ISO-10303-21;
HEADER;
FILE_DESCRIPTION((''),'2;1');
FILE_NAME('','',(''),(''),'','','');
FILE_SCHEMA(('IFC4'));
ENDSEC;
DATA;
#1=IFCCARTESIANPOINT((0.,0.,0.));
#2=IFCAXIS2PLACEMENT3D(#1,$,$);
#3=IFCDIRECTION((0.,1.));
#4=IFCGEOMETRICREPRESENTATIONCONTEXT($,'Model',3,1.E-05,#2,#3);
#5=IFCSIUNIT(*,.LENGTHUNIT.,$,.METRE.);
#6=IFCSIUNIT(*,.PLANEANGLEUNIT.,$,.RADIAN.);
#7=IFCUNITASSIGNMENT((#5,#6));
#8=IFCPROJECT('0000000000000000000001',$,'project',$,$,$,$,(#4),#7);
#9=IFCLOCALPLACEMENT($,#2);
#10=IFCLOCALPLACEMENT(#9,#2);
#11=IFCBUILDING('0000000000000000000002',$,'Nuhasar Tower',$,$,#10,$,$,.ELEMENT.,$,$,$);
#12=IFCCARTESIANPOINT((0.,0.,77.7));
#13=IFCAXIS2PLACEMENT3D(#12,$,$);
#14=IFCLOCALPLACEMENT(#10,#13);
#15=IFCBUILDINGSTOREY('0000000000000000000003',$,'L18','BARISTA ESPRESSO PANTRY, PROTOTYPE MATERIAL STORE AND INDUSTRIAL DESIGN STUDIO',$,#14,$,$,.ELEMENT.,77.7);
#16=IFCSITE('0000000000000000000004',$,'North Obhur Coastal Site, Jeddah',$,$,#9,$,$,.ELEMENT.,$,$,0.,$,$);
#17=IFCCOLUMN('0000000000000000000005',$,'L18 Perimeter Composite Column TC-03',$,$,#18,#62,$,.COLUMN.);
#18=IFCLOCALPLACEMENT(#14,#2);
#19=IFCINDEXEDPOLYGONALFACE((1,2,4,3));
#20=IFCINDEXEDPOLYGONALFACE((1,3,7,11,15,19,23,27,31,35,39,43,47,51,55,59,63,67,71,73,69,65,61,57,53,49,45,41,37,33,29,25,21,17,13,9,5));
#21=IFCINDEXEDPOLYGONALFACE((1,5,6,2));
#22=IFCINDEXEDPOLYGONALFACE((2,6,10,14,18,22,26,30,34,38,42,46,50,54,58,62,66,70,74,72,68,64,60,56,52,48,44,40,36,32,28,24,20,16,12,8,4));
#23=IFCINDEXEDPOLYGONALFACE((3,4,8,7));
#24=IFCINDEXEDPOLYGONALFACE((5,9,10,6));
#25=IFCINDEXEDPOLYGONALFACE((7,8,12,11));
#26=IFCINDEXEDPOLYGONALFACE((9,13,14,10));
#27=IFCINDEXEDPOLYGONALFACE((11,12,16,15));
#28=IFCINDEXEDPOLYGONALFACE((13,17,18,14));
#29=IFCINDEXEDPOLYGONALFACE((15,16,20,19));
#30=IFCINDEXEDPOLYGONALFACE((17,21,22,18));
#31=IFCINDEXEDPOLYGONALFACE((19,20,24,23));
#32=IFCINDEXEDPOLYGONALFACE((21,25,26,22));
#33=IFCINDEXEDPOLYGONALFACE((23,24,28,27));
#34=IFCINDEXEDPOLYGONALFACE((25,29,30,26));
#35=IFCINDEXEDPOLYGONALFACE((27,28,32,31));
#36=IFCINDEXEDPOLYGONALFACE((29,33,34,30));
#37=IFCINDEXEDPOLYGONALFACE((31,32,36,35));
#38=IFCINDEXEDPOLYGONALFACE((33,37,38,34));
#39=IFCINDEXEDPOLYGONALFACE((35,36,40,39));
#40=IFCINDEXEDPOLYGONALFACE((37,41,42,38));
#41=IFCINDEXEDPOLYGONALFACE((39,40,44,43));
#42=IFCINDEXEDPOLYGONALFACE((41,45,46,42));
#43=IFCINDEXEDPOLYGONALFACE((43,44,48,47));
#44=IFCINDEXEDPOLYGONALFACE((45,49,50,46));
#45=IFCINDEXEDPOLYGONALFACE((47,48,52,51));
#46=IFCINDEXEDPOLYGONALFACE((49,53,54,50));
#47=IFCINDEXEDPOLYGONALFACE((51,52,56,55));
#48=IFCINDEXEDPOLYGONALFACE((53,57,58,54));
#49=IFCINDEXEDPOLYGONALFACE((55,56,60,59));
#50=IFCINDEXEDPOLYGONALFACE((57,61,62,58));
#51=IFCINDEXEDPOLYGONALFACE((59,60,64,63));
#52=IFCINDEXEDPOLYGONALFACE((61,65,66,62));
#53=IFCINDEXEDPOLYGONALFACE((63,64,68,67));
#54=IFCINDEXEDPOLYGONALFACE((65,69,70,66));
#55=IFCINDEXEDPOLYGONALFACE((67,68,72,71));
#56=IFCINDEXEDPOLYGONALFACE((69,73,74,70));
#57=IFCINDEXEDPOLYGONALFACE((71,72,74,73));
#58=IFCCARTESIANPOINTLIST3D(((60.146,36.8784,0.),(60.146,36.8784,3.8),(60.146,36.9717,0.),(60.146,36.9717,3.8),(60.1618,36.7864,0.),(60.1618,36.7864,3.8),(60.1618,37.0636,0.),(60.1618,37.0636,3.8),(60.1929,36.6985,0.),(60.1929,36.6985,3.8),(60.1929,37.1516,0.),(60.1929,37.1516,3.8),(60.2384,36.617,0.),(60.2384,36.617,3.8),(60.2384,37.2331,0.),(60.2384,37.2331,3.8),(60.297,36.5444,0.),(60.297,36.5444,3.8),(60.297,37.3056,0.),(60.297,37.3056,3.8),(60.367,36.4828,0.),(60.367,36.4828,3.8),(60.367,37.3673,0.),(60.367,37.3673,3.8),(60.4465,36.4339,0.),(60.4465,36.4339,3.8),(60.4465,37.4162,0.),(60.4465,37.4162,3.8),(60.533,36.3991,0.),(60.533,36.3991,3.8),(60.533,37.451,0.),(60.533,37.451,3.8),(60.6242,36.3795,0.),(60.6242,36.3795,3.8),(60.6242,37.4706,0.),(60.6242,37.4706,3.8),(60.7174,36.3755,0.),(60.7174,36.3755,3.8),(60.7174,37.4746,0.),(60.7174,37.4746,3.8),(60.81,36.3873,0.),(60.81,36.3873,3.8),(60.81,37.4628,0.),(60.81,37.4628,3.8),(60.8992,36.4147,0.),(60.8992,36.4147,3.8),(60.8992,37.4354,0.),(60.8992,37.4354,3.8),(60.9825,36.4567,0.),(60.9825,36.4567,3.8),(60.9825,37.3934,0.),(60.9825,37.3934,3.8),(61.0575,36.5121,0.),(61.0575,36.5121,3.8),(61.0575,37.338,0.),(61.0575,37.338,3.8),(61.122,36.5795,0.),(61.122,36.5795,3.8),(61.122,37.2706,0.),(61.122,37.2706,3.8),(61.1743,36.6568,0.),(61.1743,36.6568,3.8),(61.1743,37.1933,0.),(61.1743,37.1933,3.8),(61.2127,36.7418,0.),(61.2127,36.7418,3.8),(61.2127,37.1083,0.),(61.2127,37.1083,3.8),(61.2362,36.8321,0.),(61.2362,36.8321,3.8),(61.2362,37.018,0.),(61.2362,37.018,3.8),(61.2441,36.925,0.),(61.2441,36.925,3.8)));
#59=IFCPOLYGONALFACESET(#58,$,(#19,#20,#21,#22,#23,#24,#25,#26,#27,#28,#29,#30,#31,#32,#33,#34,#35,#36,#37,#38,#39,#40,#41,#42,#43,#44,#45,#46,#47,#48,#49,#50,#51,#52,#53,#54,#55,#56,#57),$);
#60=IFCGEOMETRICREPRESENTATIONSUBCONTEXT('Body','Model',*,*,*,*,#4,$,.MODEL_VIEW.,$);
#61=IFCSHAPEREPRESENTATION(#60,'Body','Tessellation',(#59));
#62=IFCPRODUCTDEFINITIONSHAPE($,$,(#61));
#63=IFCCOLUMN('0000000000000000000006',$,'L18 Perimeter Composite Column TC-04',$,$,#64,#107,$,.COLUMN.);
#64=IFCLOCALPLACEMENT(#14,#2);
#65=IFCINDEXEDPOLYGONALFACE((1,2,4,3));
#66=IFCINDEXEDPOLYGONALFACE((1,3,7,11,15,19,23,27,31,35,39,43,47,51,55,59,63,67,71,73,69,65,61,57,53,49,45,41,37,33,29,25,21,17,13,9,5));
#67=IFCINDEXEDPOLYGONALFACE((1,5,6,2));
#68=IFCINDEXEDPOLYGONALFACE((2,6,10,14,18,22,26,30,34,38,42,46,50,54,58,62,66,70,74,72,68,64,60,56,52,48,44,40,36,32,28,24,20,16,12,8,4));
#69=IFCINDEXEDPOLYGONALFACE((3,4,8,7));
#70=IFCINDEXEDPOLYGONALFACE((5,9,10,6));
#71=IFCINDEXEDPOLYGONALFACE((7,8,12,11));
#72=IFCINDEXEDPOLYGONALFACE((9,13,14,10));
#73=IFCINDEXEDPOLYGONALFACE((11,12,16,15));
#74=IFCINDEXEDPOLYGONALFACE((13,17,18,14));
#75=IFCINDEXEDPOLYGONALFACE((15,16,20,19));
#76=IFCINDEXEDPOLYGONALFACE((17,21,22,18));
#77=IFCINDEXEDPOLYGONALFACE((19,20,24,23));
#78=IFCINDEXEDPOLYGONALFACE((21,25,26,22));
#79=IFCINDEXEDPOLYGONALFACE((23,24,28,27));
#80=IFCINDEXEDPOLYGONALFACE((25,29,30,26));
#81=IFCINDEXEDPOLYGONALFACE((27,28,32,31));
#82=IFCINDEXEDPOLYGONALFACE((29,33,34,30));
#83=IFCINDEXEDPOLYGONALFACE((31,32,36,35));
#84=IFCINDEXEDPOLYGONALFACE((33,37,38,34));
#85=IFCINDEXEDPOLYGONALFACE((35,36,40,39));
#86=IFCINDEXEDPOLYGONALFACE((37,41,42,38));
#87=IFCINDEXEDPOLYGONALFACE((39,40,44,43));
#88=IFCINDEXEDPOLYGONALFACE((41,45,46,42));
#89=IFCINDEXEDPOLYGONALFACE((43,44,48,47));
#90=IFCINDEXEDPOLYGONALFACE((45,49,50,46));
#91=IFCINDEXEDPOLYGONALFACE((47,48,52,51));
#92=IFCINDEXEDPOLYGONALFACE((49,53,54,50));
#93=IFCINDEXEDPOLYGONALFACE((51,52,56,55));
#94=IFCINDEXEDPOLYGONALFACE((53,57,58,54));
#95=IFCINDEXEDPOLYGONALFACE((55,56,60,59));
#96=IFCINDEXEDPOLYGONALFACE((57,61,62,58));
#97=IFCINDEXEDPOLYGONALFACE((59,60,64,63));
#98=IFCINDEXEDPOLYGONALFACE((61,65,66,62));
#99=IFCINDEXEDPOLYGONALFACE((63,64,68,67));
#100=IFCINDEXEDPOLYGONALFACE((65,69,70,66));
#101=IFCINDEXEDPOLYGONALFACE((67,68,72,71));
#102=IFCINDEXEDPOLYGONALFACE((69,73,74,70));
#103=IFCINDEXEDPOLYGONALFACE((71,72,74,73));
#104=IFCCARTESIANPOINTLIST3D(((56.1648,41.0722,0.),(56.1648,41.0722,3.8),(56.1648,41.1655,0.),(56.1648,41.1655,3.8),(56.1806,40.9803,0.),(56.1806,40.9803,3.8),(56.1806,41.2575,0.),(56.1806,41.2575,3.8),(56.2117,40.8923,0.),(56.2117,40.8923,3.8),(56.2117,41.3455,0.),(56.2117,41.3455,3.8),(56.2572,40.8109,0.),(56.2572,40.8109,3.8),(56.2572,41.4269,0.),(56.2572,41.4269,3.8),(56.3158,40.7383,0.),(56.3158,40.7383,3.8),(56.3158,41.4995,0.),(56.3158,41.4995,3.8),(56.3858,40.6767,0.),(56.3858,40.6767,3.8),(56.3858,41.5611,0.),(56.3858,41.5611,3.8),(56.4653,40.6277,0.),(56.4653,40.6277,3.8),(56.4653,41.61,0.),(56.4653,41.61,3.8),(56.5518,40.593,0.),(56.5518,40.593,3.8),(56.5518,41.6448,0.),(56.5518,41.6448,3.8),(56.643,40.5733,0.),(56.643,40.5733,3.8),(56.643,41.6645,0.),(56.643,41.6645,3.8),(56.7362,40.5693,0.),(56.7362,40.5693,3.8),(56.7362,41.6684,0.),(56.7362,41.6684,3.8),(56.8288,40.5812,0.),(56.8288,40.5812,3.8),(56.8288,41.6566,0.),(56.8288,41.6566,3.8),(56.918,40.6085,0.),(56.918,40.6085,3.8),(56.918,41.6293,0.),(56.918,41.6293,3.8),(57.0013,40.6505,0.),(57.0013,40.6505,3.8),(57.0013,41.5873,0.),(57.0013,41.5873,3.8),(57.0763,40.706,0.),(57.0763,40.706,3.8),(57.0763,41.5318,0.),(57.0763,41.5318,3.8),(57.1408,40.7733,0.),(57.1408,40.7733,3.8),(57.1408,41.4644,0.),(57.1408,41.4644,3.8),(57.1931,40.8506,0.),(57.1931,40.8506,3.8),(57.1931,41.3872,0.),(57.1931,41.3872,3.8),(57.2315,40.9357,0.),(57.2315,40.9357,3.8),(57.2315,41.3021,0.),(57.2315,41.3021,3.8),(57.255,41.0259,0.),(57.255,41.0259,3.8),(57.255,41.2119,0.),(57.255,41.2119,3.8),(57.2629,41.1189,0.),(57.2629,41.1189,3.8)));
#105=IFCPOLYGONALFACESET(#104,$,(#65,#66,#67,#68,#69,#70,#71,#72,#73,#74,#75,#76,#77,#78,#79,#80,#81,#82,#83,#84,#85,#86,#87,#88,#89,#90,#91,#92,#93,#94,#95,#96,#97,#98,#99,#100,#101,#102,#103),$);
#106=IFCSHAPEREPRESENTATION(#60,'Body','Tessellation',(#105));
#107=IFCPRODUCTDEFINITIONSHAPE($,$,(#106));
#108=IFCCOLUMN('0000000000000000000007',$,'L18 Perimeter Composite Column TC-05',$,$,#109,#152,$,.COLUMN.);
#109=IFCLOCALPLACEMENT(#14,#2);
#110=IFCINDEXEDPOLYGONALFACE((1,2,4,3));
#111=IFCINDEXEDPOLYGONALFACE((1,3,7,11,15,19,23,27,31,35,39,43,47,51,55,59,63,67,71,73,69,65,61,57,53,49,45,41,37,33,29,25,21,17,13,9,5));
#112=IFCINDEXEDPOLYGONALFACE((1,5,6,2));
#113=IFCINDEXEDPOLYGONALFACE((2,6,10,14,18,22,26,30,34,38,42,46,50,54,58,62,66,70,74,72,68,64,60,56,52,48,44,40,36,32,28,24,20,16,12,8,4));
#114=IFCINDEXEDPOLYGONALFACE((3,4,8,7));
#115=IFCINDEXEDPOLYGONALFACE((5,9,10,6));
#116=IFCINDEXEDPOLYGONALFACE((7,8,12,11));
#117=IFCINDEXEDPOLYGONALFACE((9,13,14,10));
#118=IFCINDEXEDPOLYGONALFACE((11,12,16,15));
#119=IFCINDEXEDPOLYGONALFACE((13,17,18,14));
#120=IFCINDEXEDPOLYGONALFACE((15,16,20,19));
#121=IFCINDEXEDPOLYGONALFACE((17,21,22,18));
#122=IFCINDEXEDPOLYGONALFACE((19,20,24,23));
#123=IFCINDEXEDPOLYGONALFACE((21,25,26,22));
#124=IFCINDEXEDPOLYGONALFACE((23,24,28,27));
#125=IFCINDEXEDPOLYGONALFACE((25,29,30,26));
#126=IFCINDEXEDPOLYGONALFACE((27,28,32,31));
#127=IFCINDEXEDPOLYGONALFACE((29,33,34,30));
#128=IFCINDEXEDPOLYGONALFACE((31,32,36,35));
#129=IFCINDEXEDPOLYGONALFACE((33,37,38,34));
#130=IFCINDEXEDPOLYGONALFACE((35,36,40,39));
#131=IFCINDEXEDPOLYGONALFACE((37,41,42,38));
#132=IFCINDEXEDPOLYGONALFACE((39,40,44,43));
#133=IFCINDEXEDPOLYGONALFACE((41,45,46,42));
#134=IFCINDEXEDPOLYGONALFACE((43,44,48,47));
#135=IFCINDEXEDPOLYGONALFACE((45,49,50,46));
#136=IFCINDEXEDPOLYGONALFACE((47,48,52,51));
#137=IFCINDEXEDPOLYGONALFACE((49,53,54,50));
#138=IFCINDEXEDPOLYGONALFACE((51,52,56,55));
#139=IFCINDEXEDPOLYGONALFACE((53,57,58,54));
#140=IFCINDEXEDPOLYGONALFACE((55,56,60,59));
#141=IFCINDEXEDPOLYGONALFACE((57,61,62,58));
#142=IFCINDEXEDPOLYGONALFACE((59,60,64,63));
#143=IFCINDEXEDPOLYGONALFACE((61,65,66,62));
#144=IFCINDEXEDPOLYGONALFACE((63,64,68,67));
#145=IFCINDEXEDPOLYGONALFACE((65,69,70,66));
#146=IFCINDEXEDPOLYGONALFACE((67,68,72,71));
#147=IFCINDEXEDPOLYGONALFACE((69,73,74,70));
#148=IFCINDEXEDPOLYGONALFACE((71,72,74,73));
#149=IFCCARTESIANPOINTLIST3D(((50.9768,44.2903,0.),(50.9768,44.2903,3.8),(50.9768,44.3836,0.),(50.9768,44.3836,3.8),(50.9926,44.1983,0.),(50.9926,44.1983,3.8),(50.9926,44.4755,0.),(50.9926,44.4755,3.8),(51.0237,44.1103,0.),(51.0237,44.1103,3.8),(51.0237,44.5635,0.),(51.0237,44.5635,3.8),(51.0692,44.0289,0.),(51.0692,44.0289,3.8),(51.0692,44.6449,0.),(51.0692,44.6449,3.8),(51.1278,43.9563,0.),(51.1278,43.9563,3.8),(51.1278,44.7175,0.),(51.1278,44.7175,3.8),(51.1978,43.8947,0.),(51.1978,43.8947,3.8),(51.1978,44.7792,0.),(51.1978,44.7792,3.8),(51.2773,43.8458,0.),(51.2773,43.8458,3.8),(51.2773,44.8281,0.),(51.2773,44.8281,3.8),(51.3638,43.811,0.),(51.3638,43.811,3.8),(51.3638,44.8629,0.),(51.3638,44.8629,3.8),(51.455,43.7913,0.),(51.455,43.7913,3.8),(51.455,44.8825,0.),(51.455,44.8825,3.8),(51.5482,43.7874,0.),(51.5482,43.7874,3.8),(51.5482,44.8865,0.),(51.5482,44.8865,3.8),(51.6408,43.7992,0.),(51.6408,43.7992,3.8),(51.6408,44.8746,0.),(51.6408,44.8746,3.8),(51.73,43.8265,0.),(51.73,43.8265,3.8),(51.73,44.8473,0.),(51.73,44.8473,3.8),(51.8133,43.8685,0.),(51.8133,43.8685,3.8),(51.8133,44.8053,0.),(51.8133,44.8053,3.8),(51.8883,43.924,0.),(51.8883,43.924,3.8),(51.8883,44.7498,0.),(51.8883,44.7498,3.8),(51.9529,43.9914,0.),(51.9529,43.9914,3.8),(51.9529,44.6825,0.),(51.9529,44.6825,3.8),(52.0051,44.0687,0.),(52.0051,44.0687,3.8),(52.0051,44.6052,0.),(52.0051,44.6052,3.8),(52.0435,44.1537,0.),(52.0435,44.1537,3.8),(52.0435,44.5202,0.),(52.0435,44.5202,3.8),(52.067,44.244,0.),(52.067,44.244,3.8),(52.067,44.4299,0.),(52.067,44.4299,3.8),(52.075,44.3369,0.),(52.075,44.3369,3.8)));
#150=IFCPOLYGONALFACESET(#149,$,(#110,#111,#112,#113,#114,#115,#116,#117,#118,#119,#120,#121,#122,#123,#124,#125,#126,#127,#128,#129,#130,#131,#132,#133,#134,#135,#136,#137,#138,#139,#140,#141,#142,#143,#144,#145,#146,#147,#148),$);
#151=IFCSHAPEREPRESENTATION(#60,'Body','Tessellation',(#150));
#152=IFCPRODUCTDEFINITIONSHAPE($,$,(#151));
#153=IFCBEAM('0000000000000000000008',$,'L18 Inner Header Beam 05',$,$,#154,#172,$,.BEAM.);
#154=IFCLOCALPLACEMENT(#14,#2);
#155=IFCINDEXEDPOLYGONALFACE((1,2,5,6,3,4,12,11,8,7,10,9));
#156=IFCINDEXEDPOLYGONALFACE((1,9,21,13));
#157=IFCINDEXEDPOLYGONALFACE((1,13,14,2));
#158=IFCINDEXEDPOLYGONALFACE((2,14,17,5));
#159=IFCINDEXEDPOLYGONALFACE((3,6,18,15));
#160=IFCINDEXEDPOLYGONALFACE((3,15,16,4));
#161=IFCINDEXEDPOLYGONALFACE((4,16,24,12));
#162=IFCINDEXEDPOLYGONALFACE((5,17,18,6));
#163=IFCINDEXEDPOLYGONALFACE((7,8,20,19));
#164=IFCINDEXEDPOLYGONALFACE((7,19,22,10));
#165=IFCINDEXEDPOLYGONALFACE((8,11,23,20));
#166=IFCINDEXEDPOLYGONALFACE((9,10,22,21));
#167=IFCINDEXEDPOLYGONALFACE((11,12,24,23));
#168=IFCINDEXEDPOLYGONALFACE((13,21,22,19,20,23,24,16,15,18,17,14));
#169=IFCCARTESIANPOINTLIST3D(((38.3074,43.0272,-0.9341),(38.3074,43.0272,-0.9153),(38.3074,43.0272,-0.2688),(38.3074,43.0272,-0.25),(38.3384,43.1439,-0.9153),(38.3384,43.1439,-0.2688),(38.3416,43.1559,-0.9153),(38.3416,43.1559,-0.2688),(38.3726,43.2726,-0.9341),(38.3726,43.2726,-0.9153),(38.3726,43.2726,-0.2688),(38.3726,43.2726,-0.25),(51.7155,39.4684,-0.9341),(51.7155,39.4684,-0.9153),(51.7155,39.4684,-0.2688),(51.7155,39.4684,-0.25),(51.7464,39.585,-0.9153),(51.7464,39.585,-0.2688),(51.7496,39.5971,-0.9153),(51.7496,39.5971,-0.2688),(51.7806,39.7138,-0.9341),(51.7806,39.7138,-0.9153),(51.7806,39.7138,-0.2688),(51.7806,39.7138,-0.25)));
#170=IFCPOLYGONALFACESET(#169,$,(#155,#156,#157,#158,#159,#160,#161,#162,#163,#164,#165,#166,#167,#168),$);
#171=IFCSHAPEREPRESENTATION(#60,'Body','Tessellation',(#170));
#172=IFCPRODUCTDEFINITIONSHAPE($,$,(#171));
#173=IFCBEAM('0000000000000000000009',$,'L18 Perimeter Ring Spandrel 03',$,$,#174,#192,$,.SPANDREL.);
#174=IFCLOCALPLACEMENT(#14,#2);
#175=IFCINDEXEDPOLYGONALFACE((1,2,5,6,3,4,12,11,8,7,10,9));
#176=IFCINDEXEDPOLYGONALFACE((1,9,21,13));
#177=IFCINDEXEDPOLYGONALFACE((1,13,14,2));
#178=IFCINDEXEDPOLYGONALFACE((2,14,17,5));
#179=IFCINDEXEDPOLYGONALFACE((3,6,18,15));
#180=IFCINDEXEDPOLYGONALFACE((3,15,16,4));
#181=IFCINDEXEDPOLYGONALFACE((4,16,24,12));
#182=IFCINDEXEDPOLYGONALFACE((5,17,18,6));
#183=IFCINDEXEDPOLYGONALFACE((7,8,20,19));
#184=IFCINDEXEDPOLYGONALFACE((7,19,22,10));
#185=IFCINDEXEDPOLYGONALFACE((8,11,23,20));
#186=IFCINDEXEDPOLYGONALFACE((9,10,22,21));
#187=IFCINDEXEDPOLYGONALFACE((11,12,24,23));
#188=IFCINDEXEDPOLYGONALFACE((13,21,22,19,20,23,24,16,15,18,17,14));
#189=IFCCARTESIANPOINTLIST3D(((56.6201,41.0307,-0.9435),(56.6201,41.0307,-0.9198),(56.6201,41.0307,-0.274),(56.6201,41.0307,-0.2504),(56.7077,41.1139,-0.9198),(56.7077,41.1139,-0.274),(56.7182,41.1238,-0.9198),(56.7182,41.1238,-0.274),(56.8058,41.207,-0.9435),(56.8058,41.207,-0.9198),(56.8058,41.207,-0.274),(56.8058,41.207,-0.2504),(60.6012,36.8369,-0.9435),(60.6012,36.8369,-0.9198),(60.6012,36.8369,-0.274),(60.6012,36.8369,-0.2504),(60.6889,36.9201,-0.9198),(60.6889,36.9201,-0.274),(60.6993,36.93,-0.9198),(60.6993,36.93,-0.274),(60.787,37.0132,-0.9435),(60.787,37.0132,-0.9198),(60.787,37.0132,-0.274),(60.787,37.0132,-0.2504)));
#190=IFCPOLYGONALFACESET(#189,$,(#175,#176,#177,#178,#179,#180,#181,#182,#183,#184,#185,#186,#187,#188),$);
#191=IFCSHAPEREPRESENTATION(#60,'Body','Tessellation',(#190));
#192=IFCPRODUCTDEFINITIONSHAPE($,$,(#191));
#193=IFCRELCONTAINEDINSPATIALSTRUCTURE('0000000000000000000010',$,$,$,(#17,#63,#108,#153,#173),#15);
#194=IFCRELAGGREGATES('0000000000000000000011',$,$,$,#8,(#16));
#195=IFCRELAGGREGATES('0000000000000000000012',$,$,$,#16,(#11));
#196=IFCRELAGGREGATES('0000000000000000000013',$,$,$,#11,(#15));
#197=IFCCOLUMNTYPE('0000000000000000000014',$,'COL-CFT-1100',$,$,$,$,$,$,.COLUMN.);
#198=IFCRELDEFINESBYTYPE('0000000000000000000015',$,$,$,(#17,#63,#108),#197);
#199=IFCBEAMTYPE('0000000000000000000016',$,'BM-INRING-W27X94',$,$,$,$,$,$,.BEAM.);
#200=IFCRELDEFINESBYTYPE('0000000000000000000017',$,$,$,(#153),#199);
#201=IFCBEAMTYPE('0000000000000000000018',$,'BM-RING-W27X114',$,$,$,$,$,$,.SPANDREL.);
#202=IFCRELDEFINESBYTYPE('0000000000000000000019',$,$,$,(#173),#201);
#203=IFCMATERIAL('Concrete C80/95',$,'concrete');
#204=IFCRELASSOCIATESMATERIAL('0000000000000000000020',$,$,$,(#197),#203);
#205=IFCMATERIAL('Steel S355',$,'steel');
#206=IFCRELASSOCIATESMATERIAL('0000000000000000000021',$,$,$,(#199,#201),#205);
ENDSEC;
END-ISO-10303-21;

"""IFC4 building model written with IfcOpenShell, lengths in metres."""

from ifc_helpers import new_model, si_unit, direction, frame, origin, origin_2d, place, context, subcontext, project, spatial, circle, i_section, extrude, material, material_profile, profile_set, type_object, element, save


model = new_model("IFC4")

# Units and contexts
model_context = context("Model", 3, precision=1e-05, world=origin(), true_north=direction((0.0, 1.0)))
body_context = subcontext(model_context, "Body", "Model", "MODEL_VIEW")
ifc_project = project(units=[si_unit("LENGTHUNIT", "METRE"), si_unit("PLANEANGLEUNIT", "RADIAN")], contexts=[model_context])

# Site, building, storey
site_placement = place(None, origin())
site = spatial("IfcSite", under=ifc_project, at=site_placement, Name="North Obhur Coastal Site, Jeddah", CompositionType="ELEMENT", RefElevation=0.0)
building_placement = place(site_placement, origin())
building = spatial("IfcBuilding", under=site, at=building_placement, Name="Nuhasar Tower", CompositionType="ELEMENT")
storey_placement = place(building_placement, frame((0.0, 0.0, 77.7)))
storey = spatial("IfcBuildingStorey", under=building, at=storey_placement, Name="L18", Description="BARISTA ESPRESSO PANTRY, PROTOTYPE MATERIAL STORE AND INDUSTRIAL DESIGN STUDIO", CompositionType="ELEMENT", Elevation=77.7)

# Columns
ifc_material_1 = material(Name="Concrete C80/95", Category="concrete")
ifc_material_profile_1 = material_profile(ifc_material_1, circle(Radius=0.55, at=origin_2d()), Name="CFT1100")
ifc_profile_set_1 = profile_set([ifc_material_profile_1], Name="Concrete C80/95")
column_type = type_object("IfcColumnType", Name="COL-CFT-1100", PredefinedType="COLUMN", material=ifc_profile_set_1)
for number, where, z_axis, x_axis, name in (
    (1, (60.6941, 36.925, 0.0), (0.0, 0.0, 1.0), (1.0, 0.0, 0.0), "L18 Perimeter Composite Column TC-03"),
    (2, (56.7129, 41.1189, 0.0), (0.0, 0.0, 1.0), (1.0, 0.0, 0.0), "L18 Perimeter Composite Column TC-04"),
    (3, (51.5249, 44.3369, 0.0), (0.0, 0.0, 1.0), (1.0, 0.0, 0.0), "L18 Perimeter Composite Column TC-05"),
):
    element("IfcColumn", number, at=place(storey_placement, frame(where, z_axis=z_axis, x_axis=x_axis)), inside=storey, type_object=column_type, Name=name, PredefinedType="COLUMN", context=body_context, shape_type="SweptSolid", body=[
        extrude(circle(Radius=0.55, at=origin_2d()), origin(), (0.0, 0.0, 1.0), 3.8),
    ])

# Beams
ifc_material_2 = material(Name="Steel S355", Category="steel")
ifc_material_profile_2 = material_profile(ifc_material_2, i_section(OverallWidth=0.2539, OverallDepth=0.6841, WebThickness=0.0125, FlangeThickness=0.0188, at=origin_2d()), Name="W27X94")
ifc_profile_set_2 = profile_set([ifc_material_profile_2], Name="Steel S355")
beam_type_1 = type_object("IfcBeamType", Name="BM-INRING-W27X94", PredefinedType="BEAM", material=ifc_profile_set_2)
beam_1_placement = place(storey_placement, frame((51.748, 39.5911, -0.592), z_axis=(-0.966533, 0.256544, 0.0), x_axis=(-0.256544, -0.966533, 0.0)))
element("IfcBeam", 4, at=beam_1_placement, inside=storey, type_object=beam_type_1, Name="L18 Inner Header Beam 05", PredefinedType="BEAM", context=body_context, shape_type="SweptSolid", body=[
    extrude(i_section(OverallWidth=0.2539, OverallDepth=0.6841, WebThickness=0.0125, FlangeThickness=0.0188, at=origin_2d()), origin(), (0.0, 0.0, 1.0), 13.8723),
])
ifc_material_profile_3 = material_profile(ifc_material_2, i_section(OverallWidth=0.2561, OverallDepth=0.6931, WebThickness=0.0144, FlangeThickness=0.0237, at=origin_2d()), Name="W27X114")
ifc_profile_set_3 = profile_set([ifc_material_profile_3], Name="Steel S355")
beam_type_2 = type_object("IfcBeamType", Name="BM-RING-W27X114", PredefinedType="SPANDREL", material=ifc_profile_set_3)
beam_2_placement = place(storey_placement, frame((60.6941, 36.925, -0.5969), z_axis=(-0.688481, 0.725254, 0.0), x_axis=(-0.725254, -0.688481, 0.0)))
element("IfcBeam", 5, at=beam_2_placement, inside=storey, type_object=beam_type_2, Name="L18 Perimeter Ring Spandrel 03", PredefinedType="SPANDREL", context=body_context, shape_type="SweptSolid", body=[
    extrude(i_section(OverallWidth=0.2561, OverallDepth=0.6931, WebThickness=0.0144, FlangeThickness=0.0237, at=origin_2d()), origin(), (0.0, 0.0, 1.0), 5.7825),
])

save(model, "model.ifc")
